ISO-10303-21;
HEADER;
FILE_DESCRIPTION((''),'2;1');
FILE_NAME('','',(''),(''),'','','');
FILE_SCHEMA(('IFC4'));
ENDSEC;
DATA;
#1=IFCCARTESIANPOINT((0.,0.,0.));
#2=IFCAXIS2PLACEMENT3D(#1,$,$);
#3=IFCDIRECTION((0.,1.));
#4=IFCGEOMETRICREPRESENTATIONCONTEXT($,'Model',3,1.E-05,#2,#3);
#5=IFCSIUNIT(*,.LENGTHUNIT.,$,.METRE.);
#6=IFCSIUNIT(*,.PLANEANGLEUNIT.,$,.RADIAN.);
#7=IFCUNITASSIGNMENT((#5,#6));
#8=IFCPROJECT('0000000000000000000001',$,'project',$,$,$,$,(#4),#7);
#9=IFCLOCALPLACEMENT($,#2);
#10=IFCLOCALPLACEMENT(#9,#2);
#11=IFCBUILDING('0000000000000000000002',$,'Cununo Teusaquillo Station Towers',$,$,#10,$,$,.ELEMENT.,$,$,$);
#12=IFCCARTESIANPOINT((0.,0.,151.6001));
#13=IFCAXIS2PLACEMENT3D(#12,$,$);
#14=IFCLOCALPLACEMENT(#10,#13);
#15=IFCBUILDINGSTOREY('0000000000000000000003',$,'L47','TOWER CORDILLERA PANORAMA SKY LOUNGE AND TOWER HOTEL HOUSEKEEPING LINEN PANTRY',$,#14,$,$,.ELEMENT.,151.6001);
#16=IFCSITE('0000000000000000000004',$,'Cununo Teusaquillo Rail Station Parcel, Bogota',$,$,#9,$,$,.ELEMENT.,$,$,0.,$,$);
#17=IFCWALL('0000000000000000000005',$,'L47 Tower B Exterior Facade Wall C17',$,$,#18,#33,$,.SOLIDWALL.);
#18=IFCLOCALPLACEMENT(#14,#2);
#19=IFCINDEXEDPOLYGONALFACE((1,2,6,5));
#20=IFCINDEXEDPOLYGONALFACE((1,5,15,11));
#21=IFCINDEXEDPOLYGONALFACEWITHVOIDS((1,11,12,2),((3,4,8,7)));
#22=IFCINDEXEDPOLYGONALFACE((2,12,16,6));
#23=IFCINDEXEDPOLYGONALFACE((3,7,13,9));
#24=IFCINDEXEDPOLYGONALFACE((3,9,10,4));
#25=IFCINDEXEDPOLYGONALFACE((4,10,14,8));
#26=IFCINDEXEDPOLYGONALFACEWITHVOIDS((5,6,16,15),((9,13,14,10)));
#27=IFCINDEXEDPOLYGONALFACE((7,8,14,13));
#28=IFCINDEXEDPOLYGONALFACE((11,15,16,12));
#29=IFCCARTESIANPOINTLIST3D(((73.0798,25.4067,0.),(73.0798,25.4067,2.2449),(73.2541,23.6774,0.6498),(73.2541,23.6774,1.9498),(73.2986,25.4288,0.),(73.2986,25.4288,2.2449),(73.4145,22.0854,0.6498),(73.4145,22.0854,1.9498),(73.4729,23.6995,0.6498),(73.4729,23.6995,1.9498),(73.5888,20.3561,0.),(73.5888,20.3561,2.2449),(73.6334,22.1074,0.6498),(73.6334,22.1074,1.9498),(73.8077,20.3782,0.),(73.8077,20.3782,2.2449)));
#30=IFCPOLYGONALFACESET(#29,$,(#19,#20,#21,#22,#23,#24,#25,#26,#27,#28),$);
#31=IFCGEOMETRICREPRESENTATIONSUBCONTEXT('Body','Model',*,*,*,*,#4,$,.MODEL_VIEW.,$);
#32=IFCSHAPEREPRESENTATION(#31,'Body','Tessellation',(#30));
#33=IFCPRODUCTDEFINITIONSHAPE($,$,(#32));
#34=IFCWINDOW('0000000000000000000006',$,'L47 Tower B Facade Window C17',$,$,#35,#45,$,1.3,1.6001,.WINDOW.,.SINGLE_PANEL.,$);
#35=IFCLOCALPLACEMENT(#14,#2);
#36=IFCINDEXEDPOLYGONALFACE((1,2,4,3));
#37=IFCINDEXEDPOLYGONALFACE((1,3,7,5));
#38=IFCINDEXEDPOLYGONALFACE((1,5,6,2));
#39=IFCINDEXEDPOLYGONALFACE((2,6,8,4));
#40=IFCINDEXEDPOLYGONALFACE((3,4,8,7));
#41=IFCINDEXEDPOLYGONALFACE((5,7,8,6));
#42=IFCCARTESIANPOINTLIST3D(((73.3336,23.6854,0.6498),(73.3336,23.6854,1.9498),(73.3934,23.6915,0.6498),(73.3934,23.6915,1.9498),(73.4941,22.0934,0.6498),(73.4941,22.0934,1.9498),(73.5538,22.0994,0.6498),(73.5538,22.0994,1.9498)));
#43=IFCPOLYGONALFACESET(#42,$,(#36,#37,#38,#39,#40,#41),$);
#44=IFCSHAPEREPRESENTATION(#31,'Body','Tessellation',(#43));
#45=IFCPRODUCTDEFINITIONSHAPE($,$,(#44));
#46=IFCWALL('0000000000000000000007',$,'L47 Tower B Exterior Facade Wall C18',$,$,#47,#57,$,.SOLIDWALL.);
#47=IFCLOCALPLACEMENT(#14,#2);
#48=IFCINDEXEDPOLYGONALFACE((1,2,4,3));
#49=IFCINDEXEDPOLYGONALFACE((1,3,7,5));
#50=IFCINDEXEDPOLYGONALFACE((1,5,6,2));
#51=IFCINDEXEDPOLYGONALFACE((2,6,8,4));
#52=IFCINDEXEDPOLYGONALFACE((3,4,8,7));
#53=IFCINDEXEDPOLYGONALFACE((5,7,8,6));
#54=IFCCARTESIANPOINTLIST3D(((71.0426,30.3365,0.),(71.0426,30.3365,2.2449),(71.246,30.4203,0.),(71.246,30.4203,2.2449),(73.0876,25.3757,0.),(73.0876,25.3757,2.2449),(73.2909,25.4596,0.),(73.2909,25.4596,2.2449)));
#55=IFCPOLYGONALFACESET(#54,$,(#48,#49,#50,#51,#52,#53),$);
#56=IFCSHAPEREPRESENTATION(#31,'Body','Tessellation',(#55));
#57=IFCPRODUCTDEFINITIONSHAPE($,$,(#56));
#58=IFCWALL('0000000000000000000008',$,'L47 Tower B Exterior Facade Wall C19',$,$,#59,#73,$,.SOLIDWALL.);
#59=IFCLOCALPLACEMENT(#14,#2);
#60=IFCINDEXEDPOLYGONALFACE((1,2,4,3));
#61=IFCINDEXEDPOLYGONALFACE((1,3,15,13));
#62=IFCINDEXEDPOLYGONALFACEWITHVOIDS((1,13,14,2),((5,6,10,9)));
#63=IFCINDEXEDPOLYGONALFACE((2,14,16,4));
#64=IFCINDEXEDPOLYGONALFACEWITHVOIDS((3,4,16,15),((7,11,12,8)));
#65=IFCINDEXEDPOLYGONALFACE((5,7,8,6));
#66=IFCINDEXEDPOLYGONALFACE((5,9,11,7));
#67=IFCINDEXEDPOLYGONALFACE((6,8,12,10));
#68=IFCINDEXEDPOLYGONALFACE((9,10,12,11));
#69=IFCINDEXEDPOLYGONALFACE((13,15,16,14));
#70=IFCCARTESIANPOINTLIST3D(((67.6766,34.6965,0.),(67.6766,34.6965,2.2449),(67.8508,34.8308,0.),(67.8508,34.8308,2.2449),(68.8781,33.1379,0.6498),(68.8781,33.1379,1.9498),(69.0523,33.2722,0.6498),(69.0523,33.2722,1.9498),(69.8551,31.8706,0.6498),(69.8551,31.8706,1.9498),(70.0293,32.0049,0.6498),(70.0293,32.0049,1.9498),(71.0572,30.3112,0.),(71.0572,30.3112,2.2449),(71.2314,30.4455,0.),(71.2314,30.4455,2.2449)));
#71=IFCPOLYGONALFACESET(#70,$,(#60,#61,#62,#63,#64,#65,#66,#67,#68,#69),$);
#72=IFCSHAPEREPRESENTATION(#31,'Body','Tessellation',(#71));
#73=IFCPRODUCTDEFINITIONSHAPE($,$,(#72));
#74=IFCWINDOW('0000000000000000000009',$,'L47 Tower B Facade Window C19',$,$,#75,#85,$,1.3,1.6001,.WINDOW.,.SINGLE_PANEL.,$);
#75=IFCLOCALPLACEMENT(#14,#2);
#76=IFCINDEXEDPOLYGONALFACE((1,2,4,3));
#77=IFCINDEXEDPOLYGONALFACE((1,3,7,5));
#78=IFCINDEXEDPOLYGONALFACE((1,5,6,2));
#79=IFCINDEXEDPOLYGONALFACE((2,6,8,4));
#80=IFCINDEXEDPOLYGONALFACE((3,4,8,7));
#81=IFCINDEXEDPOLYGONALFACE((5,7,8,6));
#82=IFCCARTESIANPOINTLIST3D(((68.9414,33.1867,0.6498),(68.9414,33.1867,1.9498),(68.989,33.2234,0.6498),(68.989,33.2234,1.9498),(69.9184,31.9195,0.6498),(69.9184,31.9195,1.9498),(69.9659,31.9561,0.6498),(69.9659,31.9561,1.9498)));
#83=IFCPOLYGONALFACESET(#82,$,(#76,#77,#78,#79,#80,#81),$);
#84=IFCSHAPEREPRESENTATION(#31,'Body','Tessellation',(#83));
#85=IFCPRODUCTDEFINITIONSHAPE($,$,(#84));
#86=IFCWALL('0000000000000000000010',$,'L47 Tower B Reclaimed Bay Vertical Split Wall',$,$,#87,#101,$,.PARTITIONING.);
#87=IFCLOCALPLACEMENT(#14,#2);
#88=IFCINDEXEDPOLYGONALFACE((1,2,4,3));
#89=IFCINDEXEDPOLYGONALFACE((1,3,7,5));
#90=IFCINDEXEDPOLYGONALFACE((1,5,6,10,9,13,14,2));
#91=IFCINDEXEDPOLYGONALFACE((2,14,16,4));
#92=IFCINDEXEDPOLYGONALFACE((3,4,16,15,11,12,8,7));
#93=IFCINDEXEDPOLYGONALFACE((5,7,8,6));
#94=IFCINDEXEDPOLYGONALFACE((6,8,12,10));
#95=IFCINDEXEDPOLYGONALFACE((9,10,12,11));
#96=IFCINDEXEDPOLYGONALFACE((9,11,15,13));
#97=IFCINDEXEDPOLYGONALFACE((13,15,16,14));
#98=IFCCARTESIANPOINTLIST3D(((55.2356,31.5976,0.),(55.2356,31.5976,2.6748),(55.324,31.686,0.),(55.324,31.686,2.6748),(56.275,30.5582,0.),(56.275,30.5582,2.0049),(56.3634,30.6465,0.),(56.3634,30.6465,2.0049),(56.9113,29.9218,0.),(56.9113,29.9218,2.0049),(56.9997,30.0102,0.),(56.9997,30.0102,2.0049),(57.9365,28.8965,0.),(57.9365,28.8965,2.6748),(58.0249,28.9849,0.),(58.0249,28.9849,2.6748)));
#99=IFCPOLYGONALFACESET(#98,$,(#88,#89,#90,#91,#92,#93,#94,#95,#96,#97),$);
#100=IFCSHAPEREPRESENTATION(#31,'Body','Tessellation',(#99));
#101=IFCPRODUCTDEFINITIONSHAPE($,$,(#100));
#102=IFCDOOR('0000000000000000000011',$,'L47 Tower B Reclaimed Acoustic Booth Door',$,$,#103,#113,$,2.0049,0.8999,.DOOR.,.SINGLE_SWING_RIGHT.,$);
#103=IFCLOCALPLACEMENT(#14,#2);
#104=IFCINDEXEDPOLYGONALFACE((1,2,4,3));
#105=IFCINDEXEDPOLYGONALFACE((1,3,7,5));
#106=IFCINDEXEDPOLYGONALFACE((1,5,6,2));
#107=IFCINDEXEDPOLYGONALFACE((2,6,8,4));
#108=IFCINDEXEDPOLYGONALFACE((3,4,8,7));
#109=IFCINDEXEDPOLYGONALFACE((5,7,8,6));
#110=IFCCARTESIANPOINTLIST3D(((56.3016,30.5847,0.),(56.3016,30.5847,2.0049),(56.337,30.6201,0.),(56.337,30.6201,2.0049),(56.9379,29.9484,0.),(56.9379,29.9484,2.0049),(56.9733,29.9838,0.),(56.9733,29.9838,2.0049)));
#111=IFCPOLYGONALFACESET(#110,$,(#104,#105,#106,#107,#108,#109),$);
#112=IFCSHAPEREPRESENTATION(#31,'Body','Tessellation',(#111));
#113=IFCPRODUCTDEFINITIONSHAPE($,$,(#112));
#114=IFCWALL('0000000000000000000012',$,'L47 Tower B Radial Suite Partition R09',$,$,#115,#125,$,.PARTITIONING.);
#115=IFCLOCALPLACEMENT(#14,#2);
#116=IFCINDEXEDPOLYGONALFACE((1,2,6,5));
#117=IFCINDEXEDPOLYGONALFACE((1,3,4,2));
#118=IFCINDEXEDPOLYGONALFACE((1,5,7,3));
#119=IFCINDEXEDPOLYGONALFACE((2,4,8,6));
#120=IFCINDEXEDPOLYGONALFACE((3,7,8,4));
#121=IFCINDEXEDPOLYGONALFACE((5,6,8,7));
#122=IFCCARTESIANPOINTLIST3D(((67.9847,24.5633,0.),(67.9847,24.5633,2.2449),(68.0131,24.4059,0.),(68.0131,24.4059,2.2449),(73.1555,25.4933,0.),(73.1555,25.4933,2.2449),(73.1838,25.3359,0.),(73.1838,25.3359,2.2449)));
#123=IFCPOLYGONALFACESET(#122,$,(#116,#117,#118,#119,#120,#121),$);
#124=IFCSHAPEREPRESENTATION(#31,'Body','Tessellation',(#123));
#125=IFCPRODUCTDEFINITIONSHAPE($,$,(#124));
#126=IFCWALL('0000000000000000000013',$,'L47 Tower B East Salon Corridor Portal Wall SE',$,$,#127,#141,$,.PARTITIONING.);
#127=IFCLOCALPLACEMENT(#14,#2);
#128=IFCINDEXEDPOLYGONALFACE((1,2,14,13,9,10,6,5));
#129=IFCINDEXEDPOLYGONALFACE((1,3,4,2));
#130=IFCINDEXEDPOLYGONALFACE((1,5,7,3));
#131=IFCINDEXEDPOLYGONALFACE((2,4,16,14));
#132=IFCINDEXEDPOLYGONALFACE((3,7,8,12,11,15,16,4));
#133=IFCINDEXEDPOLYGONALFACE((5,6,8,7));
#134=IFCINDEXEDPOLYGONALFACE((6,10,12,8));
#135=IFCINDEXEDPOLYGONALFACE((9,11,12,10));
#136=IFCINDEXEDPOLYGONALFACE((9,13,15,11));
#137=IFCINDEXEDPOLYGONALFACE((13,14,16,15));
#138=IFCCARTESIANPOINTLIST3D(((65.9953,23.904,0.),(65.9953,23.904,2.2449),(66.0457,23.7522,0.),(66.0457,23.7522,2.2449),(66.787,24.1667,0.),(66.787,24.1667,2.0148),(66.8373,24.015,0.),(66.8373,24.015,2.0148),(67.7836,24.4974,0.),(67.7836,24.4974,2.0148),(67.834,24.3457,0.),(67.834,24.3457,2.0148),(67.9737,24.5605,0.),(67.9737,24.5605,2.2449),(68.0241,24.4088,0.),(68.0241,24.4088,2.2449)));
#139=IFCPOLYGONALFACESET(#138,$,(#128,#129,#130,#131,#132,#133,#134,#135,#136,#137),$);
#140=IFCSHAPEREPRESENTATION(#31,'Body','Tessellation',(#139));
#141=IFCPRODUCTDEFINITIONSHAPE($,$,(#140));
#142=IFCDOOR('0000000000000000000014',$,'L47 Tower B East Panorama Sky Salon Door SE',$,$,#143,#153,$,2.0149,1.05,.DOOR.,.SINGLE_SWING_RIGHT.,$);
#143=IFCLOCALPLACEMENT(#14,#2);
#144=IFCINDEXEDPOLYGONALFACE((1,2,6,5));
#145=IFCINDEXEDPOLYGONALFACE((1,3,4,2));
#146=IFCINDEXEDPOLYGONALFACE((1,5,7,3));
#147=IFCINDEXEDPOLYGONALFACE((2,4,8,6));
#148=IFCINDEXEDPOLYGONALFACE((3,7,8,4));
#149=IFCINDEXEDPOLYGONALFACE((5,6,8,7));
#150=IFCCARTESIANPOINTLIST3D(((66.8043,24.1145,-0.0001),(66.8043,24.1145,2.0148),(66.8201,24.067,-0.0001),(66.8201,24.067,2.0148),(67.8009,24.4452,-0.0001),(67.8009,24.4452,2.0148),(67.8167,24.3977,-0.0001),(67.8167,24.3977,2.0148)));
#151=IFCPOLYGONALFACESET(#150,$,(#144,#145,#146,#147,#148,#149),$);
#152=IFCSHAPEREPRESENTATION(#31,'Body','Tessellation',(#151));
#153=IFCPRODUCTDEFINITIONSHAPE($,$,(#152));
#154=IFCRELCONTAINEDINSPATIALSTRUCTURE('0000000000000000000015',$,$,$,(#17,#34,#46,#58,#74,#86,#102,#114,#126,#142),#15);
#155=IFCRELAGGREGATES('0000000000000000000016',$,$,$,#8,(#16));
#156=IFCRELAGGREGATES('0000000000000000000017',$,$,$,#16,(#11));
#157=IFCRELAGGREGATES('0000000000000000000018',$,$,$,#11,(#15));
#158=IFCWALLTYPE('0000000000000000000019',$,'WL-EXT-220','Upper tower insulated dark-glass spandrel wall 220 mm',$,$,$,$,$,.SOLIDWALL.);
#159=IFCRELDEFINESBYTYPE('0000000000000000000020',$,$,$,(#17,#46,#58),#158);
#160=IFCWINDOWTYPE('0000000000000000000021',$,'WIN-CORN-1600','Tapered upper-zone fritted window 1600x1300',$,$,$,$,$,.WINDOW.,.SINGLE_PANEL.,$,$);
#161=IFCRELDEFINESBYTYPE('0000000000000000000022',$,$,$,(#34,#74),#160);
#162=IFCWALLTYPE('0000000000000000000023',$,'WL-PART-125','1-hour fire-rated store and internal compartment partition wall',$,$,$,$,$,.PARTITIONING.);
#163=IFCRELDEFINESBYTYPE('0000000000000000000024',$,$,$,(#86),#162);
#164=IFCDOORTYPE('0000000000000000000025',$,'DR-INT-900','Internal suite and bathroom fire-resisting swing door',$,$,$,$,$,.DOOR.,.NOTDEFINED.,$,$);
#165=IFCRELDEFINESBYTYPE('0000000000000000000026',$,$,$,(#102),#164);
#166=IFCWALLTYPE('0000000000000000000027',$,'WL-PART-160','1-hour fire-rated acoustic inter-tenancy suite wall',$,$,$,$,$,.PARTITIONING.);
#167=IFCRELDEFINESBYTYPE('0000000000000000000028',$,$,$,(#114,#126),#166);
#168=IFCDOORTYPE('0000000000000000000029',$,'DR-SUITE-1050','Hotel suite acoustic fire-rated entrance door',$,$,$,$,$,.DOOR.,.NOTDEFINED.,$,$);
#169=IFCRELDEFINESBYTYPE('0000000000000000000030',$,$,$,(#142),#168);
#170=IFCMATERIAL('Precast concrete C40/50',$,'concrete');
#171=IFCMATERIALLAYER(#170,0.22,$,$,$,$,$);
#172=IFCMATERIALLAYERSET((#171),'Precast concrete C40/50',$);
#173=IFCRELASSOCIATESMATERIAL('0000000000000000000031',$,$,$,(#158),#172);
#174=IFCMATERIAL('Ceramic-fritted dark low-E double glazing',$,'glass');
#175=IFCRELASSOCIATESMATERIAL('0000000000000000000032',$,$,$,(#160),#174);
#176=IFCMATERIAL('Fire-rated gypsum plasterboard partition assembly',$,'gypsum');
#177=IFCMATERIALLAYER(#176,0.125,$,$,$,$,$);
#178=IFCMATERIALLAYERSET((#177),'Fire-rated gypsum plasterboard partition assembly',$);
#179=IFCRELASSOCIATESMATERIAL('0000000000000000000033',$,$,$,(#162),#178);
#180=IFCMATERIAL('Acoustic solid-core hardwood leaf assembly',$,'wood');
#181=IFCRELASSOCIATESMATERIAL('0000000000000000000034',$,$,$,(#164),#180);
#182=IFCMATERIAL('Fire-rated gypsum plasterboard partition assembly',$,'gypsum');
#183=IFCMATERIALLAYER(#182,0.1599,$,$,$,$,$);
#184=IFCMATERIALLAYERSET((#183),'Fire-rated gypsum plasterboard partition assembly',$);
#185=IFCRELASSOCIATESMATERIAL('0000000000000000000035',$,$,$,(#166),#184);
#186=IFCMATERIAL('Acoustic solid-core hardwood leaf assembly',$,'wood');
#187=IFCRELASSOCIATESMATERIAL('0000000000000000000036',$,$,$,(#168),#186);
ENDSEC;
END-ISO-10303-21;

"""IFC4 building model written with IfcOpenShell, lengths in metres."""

from ifc_helpers import new_model, si_unit, direction, frame, frame_2d, origin, place, context, subcontext, project, spatial, rectangle, extrude, source, transform, mapped, material, layer, layer_set, type_object, element, fill, save


model = new_model("IFC4")

# Units and contexts
model_context = context("Model", 3, precision=1e-05, world=origin(), true_north=direction((0.0, 1.0)))
body_context = subcontext(model_context, "Body", "Model", "MODEL_VIEW")
ifc_project = project(units=[si_unit("LENGTHUNIT", "METRE"), si_unit("PLANEANGLEUNIT", "RADIAN")], contexts=[model_context])

# Site, building, storey
site_placement = place(None, origin())
site = spatial("IfcSite", under=ifc_project, at=site_placement, Name="Cununo Teusaquillo Rail Station Parcel, Bogota", CompositionType="ELEMENT", RefElevation=0.0)
building_placement = place(site_placement, origin())
building = spatial("IfcBuilding", under=site, at=building_placement, Name="Cununo Teusaquillo Station Towers", CompositionType="ELEMENT")
storey_placement = place(building_placement, frame((0.0, 0.0, 151.6001)))
storey = spatial("IfcBuildingStorey", under=building, at=storey_placement, Name="L47", Description="TOWER CORDILLERA PANORAMA SKY LOUNGE AND TOWER HOTEL HOUSEKEEPING LINEN PANTRY", CompositionType="ELEMENT", Elevation=151.6001)

# Wall, opening, window
ifc_material_1 = material(Name="Precast concrete C40/50", Category="concrete")
ifc_layer_1 = layer(ifc_material_1, 0.22)
ifc_layer_set_1 = layer_set([ifc_layer_1], Name="Precast concrete C40/50")
wall_type_1 = type_object("IfcWallType", Name="WL-EXT-220", Description="Upper tower insulated dark-glass spandrel wall 220 mm", PredefinedType="SOLIDWALL", material=ifc_layer_set_1)
wall_1_placement = place(storey_placement, frame((73.1892, 25.4177, 0.0), z_axis=(0.0, 0.0, 1.0), x_axis=(0.10028, -0.994959, 0.0)))
wall_1 = element("IfcWall", 1, at=wall_1_placement, inside=storey, type_object=wall_type_1, Name="L47 Tower B Exterior Facade Wall C17", PredefinedType="SOLIDWALL", context=body_context, shape_type="SweptSolid", body=[
    extrude(rectangle(XDim=5.0762, YDim=0.22, at=frame_2d((2.5381, 0.0))), origin(), (0.0, 0.0, 1.0), 2.2449),
])
shared_shape_1 = source(origin(), body_context, "Body", "SweptSolid", [
    extrude(rectangle(XDim=1.6001, YDim=1.3, at=frame_2d((0.8, 0.6499))), frame((0.0, 0.1199, 0.0), z_axis=(0.0, -1.0, 0.0), x_axis=(1.0, 0.0, 0.0)), (0.0, 0.0, 1.0), 0.24),
])
opening_1_placement = place(wall_1_placement, frame((1.738, 0.0, 0.6499)))
opening_1 = element("IfcOpeningElement", 2, at=opening_1_placement, cuts=wall_1, PredefinedType="OPENING", context=body_context, shape_type="MappedRepresentation", body=[
    mapped(shared_shape_1, transform((0.0, 0.0, 0.0), x_axis=(1.0, 0.0, 0.0), y_axis=(0.0, 1.0, 0.0), z_axis=(0.0, 0.0, 1.0), scale=1.0)),
])
ifc_material_2 = material(Name="Ceramic-fritted dark low-E double glazing", Category="glass")
window_type = type_object("IfcWindowType", Name="WIN-CORN-1600", Description="Tapered upper-zone fritted window 1600x1300", PartitioningType="SINGLE_PANEL", PredefinedType="WINDOW", material=ifc_material_2)
shared_shape_2 = source(origin(), body_context, "Body", "SweptSolid", [
    extrude(rectangle(XDim=1.6001, YDim=1.3, at=frame_2d((0.8, 0.6499))), frame((0.0, 0.03, 0.0), z_axis=(0.0, -1.0, 0.0), x_axis=(1.0, 0.0, 0.0)), (0.0, 0.0, 1.0), 0.0601),
])
window_1_placement = place(opening_1_placement, origin())
window_1 = element("IfcWindow", 3, at=window_1_placement, inside=storey, type_object=window_type, Name="L47 Tower B Facade Window C17", OverallHeight=1.3, OverallWidth=1.6001, PartitioningType="SINGLE_PANEL", PredefinedType="WINDOW", context=body_context, shape_type="MappedRepresentation", body=[
    mapped(shared_shape_2, transform((0.0, 0.0, 0.0), x_axis=(1.0, 0.0, 0.0), y_axis=(0.0, 1.0, 0.0), z_axis=(0.0, 0.0, 1.0), scale=1.0)),
])
fill(opening_1, window_1)

# Wall
wall_2_placement = place(storey_placement, frame((71.1443, 30.3784, 0.0), z_axis=(0.0, 0.0, 1.0), x_axis=(0.381114, -0.924528, 0.0)))
element("IfcWall", 4, at=wall_2_placement, inside=storey, type_object=wall_type_1, Name="L47 Tower B Exterior Facade Wall C18", PredefinedType="SOLIDWALL", context=body_context, shape_type="SweptSolid", body=[
    extrude(rectangle(XDim=5.3657, YDim=0.22, at=frame_2d((2.6829, 0.0))), origin(), (0.0, 0.0, 1.0), 2.2449),
])

# Wall, opening, window
wall_3_placement = place(storey_placement, frame((67.7637, 34.7637, 0.0), z_axis=(0.0, 0.0, 1.0), x_axis=(0.610544, -0.791983, 0.0)))
wall_3 = element("IfcWall", 5, at=wall_3_placement, inside=storey, type_object=wall_type_1, Name="L47 Tower B Exterior Facade Wall C19", PredefinedType="SOLIDWALL", context=body_context, shape_type="SweptSolid", body=[
    extrude(rectangle(XDim=5.5371, YDim=0.22, at=frame_2d((2.7686, 0.0))), origin(), (0.0, 0.0, 1.0), 2.2449),
])
opening_2_placement = place(wall_3_placement, frame((1.968, 0.0, 0.6499)))
opening_2 = element("IfcOpeningElement", 6, at=opening_2_placement, cuts=wall_3, PredefinedType="OPENING", context=body_context, shape_type="MappedRepresentation", body=[
    mapped(shared_shape_1, transform((0.0, 0.0, 0.0), x_axis=(1.0, 0.0, 0.0), y_axis=(0.0, 1.0, 0.0), z_axis=(0.0, 0.0, 1.0), scale=1.0)),
])
window_2_placement = place(opening_2_placement, origin())
window_2 = element("IfcWindow", 7, at=window_2_placement, inside=storey, type_object=window_type, Name="L47 Tower B Facade Window C19", OverallHeight=1.3, OverallWidth=1.6001, PartitioningType="SINGLE_PANEL", PredefinedType="WINDOW", context=body_context, shape_type="MappedRepresentation", body=[
    mapped(shared_shape_2, transform((0.0, 0.0, 0.0), x_axis=(1.0, 0.0, 0.0), y_axis=(0.0, 1.0, 0.0), z_axis=(0.0, 0.0, 1.0), scale=1.0)),
])
fill(opening_2, window_2)

# Wall, opening, door
ifc_material_3 = material(Name="Fire-rated gypsum plasterboard partition assembly", Category="gypsum")
ifc_layer_2 = layer(ifc_material_3, 0.125)
ifc_layer_set_2 = layer_set([ifc_layer_2], Name="Fire-rated gypsum plasterboard partition assembly")
wall_type_2 = type_object("IfcWallType", Name="WL-PART-125", Description="1-hour fire-rated store and internal compartment partition wall", PredefinedType="PARTITIONING", material=ifc_layer_set_2)
wall_4_placement = place(storey_placement, frame((57.9807, 28.9407, 0.0), z_axis=(0.0, 0.0, 1.0), x_axis=(-0.707075, 0.707139, 0.0)))
wall_4 = element("IfcWall", 8, at=wall_4_placement, inside=storey, type_object=wall_type_2, Name="L47 Tower B Reclaimed Bay Vertical Split Wall", PredefinedType="PARTITIONING", context=body_context, shape_type="SweptSolid", body=[
    extrude(rectangle(XDim=3.8198, YDim=0.125, at=frame_2d((1.9099, 0.0))), origin(), (0.0, 0.0, 1.0), 2.6748),
])
shared_shape_3 = source(origin(), body_context, "Body", "SweptSolid", [
    extrude(rectangle(XDim=0.8999, YDim=2.0049, at=frame_2d((0.45, 1.0024))), frame((0.0, 0.0725, 0.0), z_axis=(0.0, -1.0, 0.0), x_axis=(1.0, 0.0, 0.0)), (0.0, 0.0, 1.0), 0.145),
])
opening_3_placement = place(wall_4_placement, frame((1.45, 0.0, 0.0)))
opening_3 = element("IfcOpeningElement", 9, at=opening_3_placement, cuts=wall_4, PredefinedType="OPENING", context=body_context, shape_type="MappedRepresentation", body=[
    mapped(shared_shape_3, transform((0.0, 0.0, 0.0), x_axis=(1.0, 0.0, 0.0), y_axis=(0.0, 1.0, 0.0), z_axis=(0.0, 0.0, 1.0), scale=1.0)),
])
ifc_material_4 = material(Name="Acoustic solid-core hardwood leaf assembly", Category="wood")
door_type_1 = type_object("IfcDoorType", Name="DR-INT-900", Description="Internal suite and bathroom fire-resisting swing door", OperationType="NOTDEFINED", PredefinedType="DOOR", material=ifc_material_4)
shared_shape_4 = source(origin(), body_context, "Body", "SweptSolid", [
    extrude(rectangle(XDim=0.8999, YDim=2.0049, at=frame_2d((0.45, 1.0024))), frame((0.0, 0.0249, 0.0), z_axis=(0.0, -1.0, 0.0), x_axis=(1.0, 0.0, 0.0)), (0.0, 0.0, 1.0), 0.05),
])
door_1_placement = place(opening_3_placement, origin())
door_1 = element("IfcDoor", 10, at=door_1_placement, inside=storey, type_object=door_type_1, Name="L47 Tower B Reclaimed Acoustic Booth Door", OperationType="SINGLE_SWING_RIGHT", OverallHeight=2.0049, OverallWidth=0.8999, PredefinedType="DOOR", context=body_context, shape_type="MappedRepresentation", body=[
    mapped(shared_shape_4, transform((0.0, 0.0, 0.0), x_axis=(1.0, 0.0, 0.0), y_axis=(0.0, 1.0, 0.0), z_axis=(0.0, 0.0, 1.0), scale=1.0)),
])
fill(opening_3, door_1)

# Wall
ifc_material_5 = material(Name="Fire-rated gypsum plasterboard partition assembly", Category="gypsum")
ifc_layer_3 = layer(ifc_material_5, 0.1599)
ifc_layer_set_3 = layer_set([ifc_layer_3], Name="Fire-rated gypsum plasterboard partition assembly")
wall_type_3 = type_object("IfcWallType", Name="WL-PART-160", Description="1-hour fire-rated acoustic inter-tenancy suite wall", PredefinedType="PARTITIONING", material=ifc_layer_set_3)
wall_5_placement = place(storey_placement, frame((67.9988, 24.4846, 0.0), z_axis=(0.0, 0.0, 1.0), x_axis=(0.984209, 0.177008, 0.0)))
element("IfcWall", 11, at=wall_5_placement, inside=storey, type_object=wall_type_3, Name="L47 Tower B Radial Suite Partition R09", PredefinedType="PARTITIONING", context=body_context, shape_type="SweptSolid", body=[
    extrude(rectangle(XDim=5.2537, YDim=0.1599, at=frame_2d((2.627, 0.0))), origin(), (0.0, 0.0, 1.0), 2.2449),
])

# Wall, opening, door
wall_6_placement = place(storey_placement, frame((66.0205, 23.8281, 0.0), z_axis=(0.0, 0.0, 1.0), x_axis=(0.949104, 0.314962, 0.0)))
wall_6 = element("IfcWall", 12, at=wall_6_placement, inside=storey, type_object=wall_type_3, Name="L47 Tower B East Salon Corridor Portal Wall SE", PredefinedType="PARTITIONING", context=body_context, shape_type="SweptSolid", body=[
    extrude(rectangle(XDim=2.0845, YDim=0.1599, at=frame_2d((1.0422, 0.0))), origin(), (0.0, 0.0, 1.0), 2.2449),
])
shared_shape_5 = source(origin(), body_context, "Body", "SweptSolid", [
    extrude(rectangle(XDim=1.05, YDim=2.0149, at=frame_2d((0.5249, 1.0073))), frame((0.0, 0.0898, 0.0), z_axis=(0.0, -1.0, 0.0), x_axis=(1.0, 0.0, 0.0)), (0.0, 0.0, 1.0), 0.1799),
])
opening_4_placement = place(wall_6_placement, frame((0.8342, 0.0, 0.0)))
opening_4 = element("IfcOpeningElement", 13, at=opening_4_placement, cuts=wall_6, PredefinedType="OPENING", context=body_context, shape_type="MappedRepresentation", body=[
    mapped(shared_shape_5, transform((0.0, 0.0, 0.0), x_axis=(1.0, 0.0, 0.0), y_axis=(0.0, 1.0, 0.0), z_axis=(0.0, 0.0, 1.0), scale=1.0)),
])
ifc_material_6 = material(Name="Acoustic solid-core hardwood leaf assembly", Category="wood")
door_type_2 = type_object("IfcDoorType", Name="DR-SUITE-1050", Description="Hotel suite acoustic fire-rated entrance door", OperationType="NOTDEFINED", PredefinedType="DOOR", material=ifc_material_6)
shared_shape_6 = source(origin(), body_context, "Body", "SweptSolid", [
    extrude(rectangle(XDim=1.05, YDim=2.0149, at=frame_2d((0.5249, 1.0073))), frame((0.0, 0.0249, 0.0), z_axis=(0.0, -1.0, 0.0), x_axis=(1.0, 0.0, 0.0)), (0.0, 0.0, 1.0), 0.05),
])
door_2_placement = place(opening_4_placement, origin())
door_2 = element("IfcDoor", 14, at=door_2_placement, inside=storey, type_object=door_type_2, Name="L47 Tower B East Panorama Sky Salon Door SE", OperationType="SINGLE_SWING_RIGHT", OverallHeight=2.0149, OverallWidth=1.05, PredefinedType="DOOR", context=body_context, shape_type="MappedRepresentation", body=[
    mapped(shared_shape_6, transform((0.0, 0.0, 0.0), x_axis=(1.0, 0.0, 0.0), y_axis=(0.0, 1.0, 0.0), z_axis=(0.0, 0.0, 1.0), scale=1.0)),
])
fill(opening_4, door_2)

save(model, "model.ifc")
